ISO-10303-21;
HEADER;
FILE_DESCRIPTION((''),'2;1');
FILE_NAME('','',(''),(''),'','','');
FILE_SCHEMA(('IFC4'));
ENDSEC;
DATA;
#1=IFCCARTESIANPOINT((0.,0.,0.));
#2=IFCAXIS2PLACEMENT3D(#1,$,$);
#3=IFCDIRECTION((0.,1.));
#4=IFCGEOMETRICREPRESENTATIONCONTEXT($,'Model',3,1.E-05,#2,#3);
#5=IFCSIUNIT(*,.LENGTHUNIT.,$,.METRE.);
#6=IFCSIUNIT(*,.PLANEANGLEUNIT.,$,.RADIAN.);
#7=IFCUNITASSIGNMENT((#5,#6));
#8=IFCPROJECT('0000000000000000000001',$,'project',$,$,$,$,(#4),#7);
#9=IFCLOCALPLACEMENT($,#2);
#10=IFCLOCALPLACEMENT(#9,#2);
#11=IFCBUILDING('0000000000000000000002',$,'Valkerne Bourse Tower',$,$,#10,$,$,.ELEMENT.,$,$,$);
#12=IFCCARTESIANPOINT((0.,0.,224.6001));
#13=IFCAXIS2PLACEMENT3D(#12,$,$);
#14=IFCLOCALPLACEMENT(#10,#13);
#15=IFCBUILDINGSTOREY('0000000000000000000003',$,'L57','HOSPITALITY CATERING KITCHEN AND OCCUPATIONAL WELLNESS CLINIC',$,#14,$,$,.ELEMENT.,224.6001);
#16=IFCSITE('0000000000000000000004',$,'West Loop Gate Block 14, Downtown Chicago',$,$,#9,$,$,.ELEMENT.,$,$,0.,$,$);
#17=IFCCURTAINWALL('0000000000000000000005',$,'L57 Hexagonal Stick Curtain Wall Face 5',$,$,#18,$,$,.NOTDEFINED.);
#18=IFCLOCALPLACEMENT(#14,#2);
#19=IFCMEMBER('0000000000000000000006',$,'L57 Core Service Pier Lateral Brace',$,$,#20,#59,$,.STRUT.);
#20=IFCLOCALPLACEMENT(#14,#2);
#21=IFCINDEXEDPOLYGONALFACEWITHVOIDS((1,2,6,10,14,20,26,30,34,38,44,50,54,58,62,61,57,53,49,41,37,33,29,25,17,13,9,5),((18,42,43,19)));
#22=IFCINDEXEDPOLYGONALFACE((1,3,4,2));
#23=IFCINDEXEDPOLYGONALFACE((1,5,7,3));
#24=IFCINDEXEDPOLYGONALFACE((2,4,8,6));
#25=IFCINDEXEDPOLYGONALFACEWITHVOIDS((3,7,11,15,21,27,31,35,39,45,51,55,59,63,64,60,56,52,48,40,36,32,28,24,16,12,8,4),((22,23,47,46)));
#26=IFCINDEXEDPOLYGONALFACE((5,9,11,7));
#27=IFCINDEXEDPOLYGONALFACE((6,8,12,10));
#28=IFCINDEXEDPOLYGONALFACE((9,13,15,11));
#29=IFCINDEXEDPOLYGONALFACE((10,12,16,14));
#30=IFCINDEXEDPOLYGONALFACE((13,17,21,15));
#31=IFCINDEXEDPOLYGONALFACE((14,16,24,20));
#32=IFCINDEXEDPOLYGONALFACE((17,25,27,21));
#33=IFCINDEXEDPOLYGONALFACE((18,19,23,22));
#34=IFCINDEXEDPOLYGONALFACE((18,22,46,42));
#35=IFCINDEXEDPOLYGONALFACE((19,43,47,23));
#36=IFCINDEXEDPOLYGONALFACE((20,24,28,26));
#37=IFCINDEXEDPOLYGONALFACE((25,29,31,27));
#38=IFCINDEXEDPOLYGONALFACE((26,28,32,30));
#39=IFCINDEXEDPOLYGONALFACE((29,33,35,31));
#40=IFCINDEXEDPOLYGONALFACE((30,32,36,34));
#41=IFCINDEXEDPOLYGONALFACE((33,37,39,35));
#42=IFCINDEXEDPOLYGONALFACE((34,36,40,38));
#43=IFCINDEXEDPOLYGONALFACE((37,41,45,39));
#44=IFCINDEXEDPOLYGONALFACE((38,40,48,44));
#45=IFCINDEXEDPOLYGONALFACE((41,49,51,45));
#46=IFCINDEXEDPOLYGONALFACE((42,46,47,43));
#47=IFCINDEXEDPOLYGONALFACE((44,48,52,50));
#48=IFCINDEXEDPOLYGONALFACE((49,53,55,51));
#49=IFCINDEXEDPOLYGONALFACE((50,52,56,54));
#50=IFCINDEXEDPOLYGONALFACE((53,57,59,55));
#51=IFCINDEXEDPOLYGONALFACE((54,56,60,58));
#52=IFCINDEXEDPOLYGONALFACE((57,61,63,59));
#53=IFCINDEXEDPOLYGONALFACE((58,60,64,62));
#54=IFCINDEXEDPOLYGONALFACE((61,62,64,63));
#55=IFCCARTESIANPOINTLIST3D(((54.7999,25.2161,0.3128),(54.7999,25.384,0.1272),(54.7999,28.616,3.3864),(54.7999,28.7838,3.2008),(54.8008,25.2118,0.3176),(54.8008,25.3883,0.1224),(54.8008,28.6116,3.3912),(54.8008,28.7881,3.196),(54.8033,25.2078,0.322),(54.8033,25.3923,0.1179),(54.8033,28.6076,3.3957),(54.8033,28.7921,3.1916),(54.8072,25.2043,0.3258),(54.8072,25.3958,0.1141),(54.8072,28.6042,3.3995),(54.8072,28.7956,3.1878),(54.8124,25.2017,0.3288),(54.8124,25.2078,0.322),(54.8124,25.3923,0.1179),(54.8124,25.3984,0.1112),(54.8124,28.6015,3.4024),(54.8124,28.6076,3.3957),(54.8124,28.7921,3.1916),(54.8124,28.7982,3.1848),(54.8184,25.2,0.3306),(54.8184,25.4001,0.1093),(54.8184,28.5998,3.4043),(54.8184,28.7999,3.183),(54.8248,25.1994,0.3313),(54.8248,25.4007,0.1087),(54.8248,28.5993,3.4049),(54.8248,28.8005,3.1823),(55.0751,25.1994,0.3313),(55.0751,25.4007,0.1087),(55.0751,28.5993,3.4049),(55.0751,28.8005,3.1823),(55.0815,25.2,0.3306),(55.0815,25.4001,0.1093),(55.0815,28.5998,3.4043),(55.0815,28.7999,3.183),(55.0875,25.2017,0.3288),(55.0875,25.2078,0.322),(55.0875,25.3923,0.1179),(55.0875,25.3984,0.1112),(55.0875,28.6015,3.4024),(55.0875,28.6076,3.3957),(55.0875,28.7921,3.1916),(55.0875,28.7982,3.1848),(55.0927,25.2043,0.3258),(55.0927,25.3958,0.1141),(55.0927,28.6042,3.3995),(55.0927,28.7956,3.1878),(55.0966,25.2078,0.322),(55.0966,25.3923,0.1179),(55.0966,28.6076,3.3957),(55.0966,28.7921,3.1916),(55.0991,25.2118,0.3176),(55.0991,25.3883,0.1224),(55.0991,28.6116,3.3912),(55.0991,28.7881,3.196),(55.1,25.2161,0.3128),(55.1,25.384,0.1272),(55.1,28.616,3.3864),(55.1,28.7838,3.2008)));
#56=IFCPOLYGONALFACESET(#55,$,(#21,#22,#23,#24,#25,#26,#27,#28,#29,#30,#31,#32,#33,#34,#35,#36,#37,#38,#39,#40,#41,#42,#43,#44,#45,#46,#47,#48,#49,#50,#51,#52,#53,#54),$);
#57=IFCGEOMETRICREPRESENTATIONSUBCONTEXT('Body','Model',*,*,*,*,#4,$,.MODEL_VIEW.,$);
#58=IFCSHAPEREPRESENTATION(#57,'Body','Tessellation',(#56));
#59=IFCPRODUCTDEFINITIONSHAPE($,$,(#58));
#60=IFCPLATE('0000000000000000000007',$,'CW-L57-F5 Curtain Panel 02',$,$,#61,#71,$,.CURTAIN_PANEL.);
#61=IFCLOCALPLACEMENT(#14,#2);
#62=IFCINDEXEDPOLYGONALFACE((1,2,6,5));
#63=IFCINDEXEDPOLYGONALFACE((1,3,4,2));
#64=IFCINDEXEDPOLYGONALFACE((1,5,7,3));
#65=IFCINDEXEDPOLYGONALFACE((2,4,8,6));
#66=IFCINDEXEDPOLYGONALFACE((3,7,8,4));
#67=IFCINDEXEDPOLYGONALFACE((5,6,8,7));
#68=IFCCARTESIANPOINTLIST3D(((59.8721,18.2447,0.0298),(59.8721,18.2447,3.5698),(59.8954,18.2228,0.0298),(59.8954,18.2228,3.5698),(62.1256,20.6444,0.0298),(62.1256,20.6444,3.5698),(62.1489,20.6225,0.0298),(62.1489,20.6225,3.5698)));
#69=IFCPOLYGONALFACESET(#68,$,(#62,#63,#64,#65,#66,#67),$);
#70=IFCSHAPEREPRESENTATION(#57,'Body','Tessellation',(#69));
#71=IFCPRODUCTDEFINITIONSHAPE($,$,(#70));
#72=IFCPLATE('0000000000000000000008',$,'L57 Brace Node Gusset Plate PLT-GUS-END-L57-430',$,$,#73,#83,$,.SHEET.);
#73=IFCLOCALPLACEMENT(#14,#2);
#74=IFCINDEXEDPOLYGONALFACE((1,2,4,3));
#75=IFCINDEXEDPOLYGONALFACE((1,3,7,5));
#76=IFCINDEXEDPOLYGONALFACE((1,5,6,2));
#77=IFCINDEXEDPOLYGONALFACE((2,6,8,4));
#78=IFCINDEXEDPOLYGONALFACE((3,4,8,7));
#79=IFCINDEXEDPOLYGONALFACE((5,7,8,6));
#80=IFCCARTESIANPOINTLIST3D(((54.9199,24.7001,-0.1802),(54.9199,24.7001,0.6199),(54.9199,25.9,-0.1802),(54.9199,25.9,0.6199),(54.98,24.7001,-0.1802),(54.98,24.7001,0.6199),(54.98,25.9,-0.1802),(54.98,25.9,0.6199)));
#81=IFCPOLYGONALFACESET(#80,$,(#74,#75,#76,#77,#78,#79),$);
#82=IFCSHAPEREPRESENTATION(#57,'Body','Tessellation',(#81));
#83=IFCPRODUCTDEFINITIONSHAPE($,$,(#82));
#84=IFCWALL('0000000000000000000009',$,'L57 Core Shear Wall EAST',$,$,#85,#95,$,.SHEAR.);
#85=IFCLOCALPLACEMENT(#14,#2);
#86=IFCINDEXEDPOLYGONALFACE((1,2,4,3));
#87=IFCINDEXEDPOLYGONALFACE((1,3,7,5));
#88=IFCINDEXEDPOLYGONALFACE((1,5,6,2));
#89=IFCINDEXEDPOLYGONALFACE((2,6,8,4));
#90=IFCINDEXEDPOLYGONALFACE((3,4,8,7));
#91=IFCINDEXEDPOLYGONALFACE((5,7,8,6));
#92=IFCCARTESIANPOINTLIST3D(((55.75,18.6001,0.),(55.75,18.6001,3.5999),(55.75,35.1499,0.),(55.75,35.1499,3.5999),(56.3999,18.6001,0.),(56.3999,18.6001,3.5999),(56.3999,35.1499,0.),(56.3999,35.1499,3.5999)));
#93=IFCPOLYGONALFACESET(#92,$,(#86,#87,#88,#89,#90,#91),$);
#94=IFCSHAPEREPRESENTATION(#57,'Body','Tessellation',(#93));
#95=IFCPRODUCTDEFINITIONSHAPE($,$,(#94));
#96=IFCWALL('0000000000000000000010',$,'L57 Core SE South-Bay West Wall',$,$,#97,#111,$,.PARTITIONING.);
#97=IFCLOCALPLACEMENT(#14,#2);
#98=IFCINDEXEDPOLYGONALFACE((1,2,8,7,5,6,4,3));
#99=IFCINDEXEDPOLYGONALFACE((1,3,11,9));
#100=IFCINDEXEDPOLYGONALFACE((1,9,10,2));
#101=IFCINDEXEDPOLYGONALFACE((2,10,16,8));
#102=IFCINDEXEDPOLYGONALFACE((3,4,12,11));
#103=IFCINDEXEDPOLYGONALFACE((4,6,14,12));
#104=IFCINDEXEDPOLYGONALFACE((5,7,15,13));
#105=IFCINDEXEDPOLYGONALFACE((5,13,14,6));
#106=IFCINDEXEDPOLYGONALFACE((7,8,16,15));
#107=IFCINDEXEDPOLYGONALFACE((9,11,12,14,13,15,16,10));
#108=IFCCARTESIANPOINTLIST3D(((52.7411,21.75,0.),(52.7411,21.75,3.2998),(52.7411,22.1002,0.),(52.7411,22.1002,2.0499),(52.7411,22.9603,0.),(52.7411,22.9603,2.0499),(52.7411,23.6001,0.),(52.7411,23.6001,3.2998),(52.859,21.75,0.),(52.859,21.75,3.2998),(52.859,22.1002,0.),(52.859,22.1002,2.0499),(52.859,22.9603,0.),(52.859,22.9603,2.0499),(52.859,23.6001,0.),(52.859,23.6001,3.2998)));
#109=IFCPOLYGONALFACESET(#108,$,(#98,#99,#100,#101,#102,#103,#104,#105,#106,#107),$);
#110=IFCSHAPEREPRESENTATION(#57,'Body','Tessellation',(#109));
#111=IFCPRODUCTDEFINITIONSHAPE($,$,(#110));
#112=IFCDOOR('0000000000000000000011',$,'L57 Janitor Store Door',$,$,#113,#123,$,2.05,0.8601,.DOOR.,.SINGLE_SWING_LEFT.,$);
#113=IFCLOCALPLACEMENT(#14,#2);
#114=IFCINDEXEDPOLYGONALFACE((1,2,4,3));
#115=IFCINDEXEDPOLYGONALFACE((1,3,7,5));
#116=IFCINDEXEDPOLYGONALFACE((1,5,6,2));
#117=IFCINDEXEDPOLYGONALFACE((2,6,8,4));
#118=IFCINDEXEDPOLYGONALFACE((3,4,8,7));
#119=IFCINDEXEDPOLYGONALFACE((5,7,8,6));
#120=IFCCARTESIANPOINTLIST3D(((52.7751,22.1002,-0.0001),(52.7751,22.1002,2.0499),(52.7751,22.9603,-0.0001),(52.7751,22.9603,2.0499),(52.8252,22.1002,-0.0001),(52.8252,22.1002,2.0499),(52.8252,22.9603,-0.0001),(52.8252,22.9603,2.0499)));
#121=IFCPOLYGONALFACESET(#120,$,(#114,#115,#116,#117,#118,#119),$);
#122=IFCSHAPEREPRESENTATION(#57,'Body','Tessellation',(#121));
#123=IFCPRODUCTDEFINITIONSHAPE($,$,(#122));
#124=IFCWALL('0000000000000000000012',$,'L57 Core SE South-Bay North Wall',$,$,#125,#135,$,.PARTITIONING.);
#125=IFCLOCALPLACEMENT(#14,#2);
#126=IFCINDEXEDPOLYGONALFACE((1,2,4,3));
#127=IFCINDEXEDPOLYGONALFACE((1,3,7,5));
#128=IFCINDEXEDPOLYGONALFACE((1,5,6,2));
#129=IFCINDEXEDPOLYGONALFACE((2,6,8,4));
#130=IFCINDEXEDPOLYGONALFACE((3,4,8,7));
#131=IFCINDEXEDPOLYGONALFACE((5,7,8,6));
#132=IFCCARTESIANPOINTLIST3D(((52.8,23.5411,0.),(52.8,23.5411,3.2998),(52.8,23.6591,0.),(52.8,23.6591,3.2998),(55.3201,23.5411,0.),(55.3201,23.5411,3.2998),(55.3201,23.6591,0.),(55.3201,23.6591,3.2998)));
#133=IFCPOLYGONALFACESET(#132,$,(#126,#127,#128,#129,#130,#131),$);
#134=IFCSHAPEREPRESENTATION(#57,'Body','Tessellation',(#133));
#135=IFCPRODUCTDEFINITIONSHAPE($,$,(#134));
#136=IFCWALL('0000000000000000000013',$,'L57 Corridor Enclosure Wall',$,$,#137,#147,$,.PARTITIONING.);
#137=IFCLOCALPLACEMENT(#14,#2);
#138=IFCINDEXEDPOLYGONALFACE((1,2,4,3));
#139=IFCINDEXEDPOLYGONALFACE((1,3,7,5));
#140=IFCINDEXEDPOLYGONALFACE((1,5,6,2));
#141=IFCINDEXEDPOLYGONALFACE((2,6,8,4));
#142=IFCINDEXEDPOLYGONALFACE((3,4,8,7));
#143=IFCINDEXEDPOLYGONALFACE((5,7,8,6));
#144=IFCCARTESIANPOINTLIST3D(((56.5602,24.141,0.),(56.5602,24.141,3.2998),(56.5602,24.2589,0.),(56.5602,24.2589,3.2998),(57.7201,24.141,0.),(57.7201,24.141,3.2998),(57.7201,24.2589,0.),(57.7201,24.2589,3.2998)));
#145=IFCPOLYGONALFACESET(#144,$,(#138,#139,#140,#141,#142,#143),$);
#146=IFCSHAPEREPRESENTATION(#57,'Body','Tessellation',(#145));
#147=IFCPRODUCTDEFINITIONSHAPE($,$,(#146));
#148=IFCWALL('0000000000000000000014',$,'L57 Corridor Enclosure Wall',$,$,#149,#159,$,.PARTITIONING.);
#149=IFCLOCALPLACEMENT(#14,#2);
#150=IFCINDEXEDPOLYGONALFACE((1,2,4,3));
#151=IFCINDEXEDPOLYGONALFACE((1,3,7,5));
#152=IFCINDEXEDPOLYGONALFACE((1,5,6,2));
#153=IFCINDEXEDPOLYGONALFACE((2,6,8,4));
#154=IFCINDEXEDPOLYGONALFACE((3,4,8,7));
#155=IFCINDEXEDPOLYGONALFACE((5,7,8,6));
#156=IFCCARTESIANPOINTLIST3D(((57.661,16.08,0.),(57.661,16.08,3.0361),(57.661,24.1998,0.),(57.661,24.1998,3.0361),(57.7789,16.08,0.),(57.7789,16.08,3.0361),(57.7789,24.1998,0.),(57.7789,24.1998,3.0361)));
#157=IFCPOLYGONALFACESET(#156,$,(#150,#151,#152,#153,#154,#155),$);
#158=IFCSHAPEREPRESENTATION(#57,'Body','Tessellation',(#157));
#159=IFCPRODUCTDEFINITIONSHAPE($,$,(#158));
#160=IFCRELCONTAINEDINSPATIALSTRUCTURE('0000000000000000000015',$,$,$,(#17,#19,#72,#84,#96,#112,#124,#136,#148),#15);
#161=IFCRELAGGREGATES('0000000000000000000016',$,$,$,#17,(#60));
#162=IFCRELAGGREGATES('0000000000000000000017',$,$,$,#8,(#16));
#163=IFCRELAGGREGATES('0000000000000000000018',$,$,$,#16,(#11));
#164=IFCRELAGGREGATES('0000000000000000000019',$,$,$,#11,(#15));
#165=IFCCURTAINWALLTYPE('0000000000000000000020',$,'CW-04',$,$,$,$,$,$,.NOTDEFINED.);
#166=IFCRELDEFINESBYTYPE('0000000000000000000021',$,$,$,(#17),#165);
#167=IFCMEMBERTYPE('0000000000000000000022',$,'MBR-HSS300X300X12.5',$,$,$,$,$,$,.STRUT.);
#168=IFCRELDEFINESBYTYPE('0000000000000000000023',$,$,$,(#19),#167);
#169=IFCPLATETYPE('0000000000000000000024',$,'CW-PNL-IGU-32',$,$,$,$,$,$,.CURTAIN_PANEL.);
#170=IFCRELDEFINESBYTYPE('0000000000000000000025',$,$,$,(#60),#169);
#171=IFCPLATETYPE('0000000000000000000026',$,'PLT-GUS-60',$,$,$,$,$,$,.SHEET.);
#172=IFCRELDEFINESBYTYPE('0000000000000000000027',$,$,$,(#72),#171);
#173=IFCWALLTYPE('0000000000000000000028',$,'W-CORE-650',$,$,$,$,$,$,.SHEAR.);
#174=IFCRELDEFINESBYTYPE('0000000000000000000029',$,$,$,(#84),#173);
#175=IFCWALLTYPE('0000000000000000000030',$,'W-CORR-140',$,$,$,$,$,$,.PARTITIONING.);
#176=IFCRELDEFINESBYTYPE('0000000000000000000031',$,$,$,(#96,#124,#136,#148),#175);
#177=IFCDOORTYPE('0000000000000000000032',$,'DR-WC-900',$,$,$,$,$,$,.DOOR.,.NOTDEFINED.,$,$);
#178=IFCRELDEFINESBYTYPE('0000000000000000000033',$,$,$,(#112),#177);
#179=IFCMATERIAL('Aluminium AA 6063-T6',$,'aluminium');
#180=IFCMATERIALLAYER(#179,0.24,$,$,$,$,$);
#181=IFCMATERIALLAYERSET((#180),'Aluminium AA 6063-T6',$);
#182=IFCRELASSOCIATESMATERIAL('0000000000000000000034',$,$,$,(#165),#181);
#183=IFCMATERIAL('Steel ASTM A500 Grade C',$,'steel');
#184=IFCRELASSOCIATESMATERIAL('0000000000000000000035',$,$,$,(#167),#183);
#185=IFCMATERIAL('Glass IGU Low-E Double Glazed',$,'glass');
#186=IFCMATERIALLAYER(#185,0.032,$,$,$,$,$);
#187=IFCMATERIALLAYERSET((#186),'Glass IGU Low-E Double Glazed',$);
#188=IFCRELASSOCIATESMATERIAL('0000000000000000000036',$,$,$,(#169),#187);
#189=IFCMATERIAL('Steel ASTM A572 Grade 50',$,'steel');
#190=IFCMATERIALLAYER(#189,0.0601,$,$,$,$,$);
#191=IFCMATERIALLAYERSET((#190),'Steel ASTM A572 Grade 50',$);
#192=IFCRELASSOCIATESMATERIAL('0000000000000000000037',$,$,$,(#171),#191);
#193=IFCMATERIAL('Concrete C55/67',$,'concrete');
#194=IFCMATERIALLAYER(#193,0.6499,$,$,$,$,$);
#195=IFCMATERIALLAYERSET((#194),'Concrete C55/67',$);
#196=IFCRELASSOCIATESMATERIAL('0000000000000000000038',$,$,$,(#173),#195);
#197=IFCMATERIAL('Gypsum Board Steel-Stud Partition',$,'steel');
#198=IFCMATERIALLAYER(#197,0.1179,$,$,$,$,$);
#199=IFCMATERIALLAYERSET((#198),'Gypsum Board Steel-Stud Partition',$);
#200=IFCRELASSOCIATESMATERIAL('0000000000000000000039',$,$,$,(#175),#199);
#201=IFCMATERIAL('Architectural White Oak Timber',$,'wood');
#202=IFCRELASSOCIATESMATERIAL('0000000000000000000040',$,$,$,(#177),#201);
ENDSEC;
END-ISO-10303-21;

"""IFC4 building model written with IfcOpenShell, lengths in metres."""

from ifc_helpers import new_model, si_unit, direction, frame, frame_2d, origin, origin_2d, place, context, subcontext, project, spatial, rectangle, hollow_rectangle, extrude, material, layer, layer_set, material_profile, profile_set, type_object, element, fill, aggregate, save


model = new_model("IFC4")

# Units and contexts
model_context = context("Model", 3, precision=1e-05, world=origin(), true_north=direction((0.0, 1.0)))
body_context = subcontext(model_context, "Body", "Model", "MODEL_VIEW")
ifc_project = project(units=[si_unit("LENGTHUNIT", "METRE"), si_unit("PLANEANGLEUNIT", "RADIAN")], contexts=[model_context])

# Site, building, storey
site_placement = place(None, origin())
site = spatial("IfcSite", under=ifc_project, at=site_placement, Name="West Loop Gate Block 14, Downtown Chicago", CompositionType="ELEMENT", RefElevation=0.0)
building_placement = place(site_placement, origin())
building = spatial("IfcBuilding", under=site, at=building_placement, Name="Valkerne Bourse Tower", CompositionType="ELEMENT")
storey_placement = place(building_placement, frame((0.0, 0.0, 224.6001)))
storey = spatial("IfcBuildingStorey", under=building, at=storey_placement, Name="L57", Description="HOSPITALITY CATERING KITCHEN AND OCCUPATIONAL WELLNESS CLINIC", CompositionType="ELEMENT", Elevation=224.6001)

# Curtain wall
ifc_material_1 = material(Name="Aluminium AA 6063-T6", Category="aluminium")
ifc_layer_1 = layer(ifc_material_1, 0.24)
ifc_layer_set_1 = layer_set([ifc_layer_1], Name="Aluminium AA 6063-T6")
curtain_wall_type = type_object("IfcCurtainWallType", Name="CW-04", PredefinedType="NOTDEFINED", material=ifc_layer_set_1)
curtain_wall_1_placement = place(storey_placement, origin())
curtain_wall_1 = element("IfcCurtainWall", 1, at=curtain_wall_1_placement, inside=storey, type_object=curtain_wall_type, Name="L57 Hexagonal Stick Curtain Wall Face 5", PredefinedType="NOTDEFINED")

# Member
ifc_material_2 = material(Name="Steel ASTM A500 Grade C", Category="steel")
ifc_material_profile_1 = material_profile(ifc_material_2, hollow_rectangle(XDim=0.3, YDim=0.3, WallThickness=0.0125, OuterFilletRadius=0.0249, at=origin_2d()), Name="HSS300X300X12.5")
ifc_profile_set_1 = profile_set([ifc_material_profile_1], Name="Steel ASTM A500 Grade C")
member_type_1 = type_object("IfcMemberType", Name="MBR-HSS300X300X12.5", PredefinedType="STRUT", material=ifc_profile_set_1)
member_1_placement = place(storey_placement, frame((54.95, 25.3, 0.22), z_axis=(0.0, 0.741793, 0.670629), x_axis=(-1.0, 0.0, 0.0)))
element("IfcMember", 2, at=member_1_placement, inside=storey, type_object=member_type_1, Name="L57 Core Service Pier Lateral Brace", PredefinedType="STRUT", context=body_context, shape_type="SweptSolid", body=[
    extrude(hollow_rectangle(XDim=0.3, YDim=0.3, WallThickness=0.0125, OuterFilletRadius=0.0249, at=origin_2d()), origin(), (0.0, 0.0, 1.0), 4.5833),
])

# Plates
ifc_material_3 = material(Name="Glass IGU Low-E Double Glazed", Category="glass")
ifc_layer_2 = layer(ifc_material_3, 0.032)
ifc_layer_set_2 = layer_set([ifc_layer_2], Name="Glass IGU Low-E Double Glazed")
plate_type_1 = type_object("IfcPlateType", Name="CW-PNL-IGU-32", PredefinedType="CURTAIN_PANEL", material=ifc_layer_set_2)
plate_1_placement = place(storey_placement, frame((61.0105, 19.4336, 0.0298), z_axis=(0.0, 0.0, 1.0), x_axis=(0.684547, 0.728968, 0.0)))
plate_1 = element("IfcPlate", 3, at=plate_1_placement, type_object=plate_type_1, Name="CW-L57-F5 Curtain Panel 02", PredefinedType="CURTAIN_PANEL", context=body_context, shape_type="SweptSolid", body=[
    extrude(rectangle(XDim=3.292, YDim=0.032, at=origin_2d()), origin(), (0.0, 0.0, 1.0), 3.54),
])
aggregate(curtain_wall_1, [plate_1])
ifc_material_4 = material(Name="Steel ASTM A572 Grade 50", Category="steel")
ifc_layer_3 = layer(ifc_material_4, 0.0601)
ifc_layer_set_3 = layer_set([ifc_layer_3], Name="Steel ASTM A572 Grade 50")
plate_type_2 = type_object("IfcPlateType", Name="PLT-GUS-60", PredefinedType="SHEET", material=ifc_layer_set_3)
plate_2_placement = place(storey_placement, frame((54.95, 25.3, -0.1802), z_axis=(0.0, 0.0, 1.0), x_axis=(0.0, 1.0, 0.0)))
element("IfcPlate", 4, at=plate_2_placement, inside=storey, type_object=plate_type_2, Name="L57 Brace Node Gusset Plate PLT-GUS-END-L57-430", PredefinedType="SHEET", context=body_context, shape_type="SweptSolid", body=[
    extrude(rectangle(XDim=1.2, YDim=0.0601, at=origin_2d()), origin(), (0.0, 0.0, 1.0), 0.8),
])

# Wall
ifc_material_5 = material(Name="Concrete C55/67", Category="concrete")
ifc_layer_4 = layer(ifc_material_5, 0.6499)
ifc_layer_set_4 = layer_set([ifc_layer_4], Name="Concrete C55/67")
wall_type_1 = type_object("IfcWallType", Name="W-CORE-650", PredefinedType="SHEAR", material=ifc_layer_set_4)
wall_1_placement = place(storey_placement, frame((56.075, 18.6001, 0.0), z_axis=(0.0, 0.0, 1.0), x_axis=(0.0, 1.0, 0.0)))
element("IfcWall", 5, at=wall_1_placement, inside=storey, type_object=wall_type_1, Name="L57 Core Shear Wall EAST", PredefinedType="SHEAR", context=body_context, shape_type="SweptSolid", body=[
    extrude(rectangle(XDim=16.5498, YDim=0.6499, at=frame_2d((8.2749, 0.0))), origin(), (0.0, 0.0, 1.0), 3.5999),
])

# Wall, opening, door
ifc_material_6 = material(Name="Gypsum Board Steel-Stud Partition", Category="steel")
ifc_layer_5 = layer(ifc_material_6, 0.1179)
ifc_layer_set_5 = layer_set([ifc_layer_5], Name="Gypsum Board Steel-Stud Partition")
wall_type_2 = type_object("IfcWallType", Name="W-CORR-140", PredefinedType="PARTITIONING", material=ifc_layer_set_5)
wall_2_placement = place(storey_placement, frame((52.8, 21.75, 0.0), z_axis=(0.0, 0.0, 1.0), x_axis=(0.0, 1.0, 0.0)))
wall_2 = element("IfcWall", 6, at=wall_2_placement, inside=storey, type_object=wall_type_2, Name="L57 Core SE South-Bay West Wall", PredefinedType="PARTITIONING", context=body_context, shape_type="SweptSolid", body=[
    extrude(rectangle(XDim=1.8501, YDim=0.1179, at=frame_2d((0.925, 0.0))), origin(), (0.0, 0.0, 1.0), 3.2998),
])
opening_1_placement = place(wall_2_placement, frame((0.3501, 0.0, 0.0)))
opening_1 = element("IfcOpeningElement", 7, at=opening_1_placement, cuts=wall_2, PredefinedType="OPENING", context=body_context, shape_type="SweptSolid", body=[
    extrude(rectangle(XDim=0.8601, YDim=2.05, at=frame_2d((0.4302, 1.0249))), frame((0.0, 0.0688, 0.0), z_axis=(0.0, -1.0, 0.0), x_axis=(1.0, 0.0, 0.0)), (0.0, 0.0, 1.0), 0.1379),
])
ifc_material_7 = material(Name="Architectural White Oak Timber", Category="wood")
door_type_1 = type_object("IfcDoorType", Name="DR-WC-900", OperationType="NOTDEFINED", PredefinedType="DOOR", material=ifc_material_7)
door_1_placement = place(opening_1_placement, origin())
door_1 = element("IfcDoor", 8, at=door_1_placement, inside=storey, type_object=door_type_1, Name="L57 Janitor Store Door", OperationType="SINGLE_SWING_LEFT", OverallHeight=2.05, OverallWidth=0.8601, PredefinedType="DOOR", context=body_context, shape_type="SweptSolid", body=[
    extrude(rectangle(XDim=0.8601, YDim=2.05, at=frame_2d((0.4302, 1.0249))), frame((0.0, 0.0249, 0.0), z_axis=(0.0, -1.0, 0.0), x_axis=(1.0, 0.0, 0.0)), (0.0, 0.0, 1.0), 0.05),
])
fill(opening_1, door_1)

# Walls
wall_3_placement = place(storey_placement, frame((52.8, 23.6001, 0.0), z_axis=(0.0, 0.0, 1.0), x_axis=(1.0, 0.0, 0.0)))
element("IfcWall", 9, at=wall_3_placement, inside=storey, type_object=wall_type_2, Name="L57 Core SE South-Bay North Wall", PredefinedType="PARTITIONING", context=body_context, shape_type="SweptSolid", body=[
    extrude(rectangle(XDim=2.52, YDim=0.1179, at=frame_2d((1.26, 0.0))), origin(), (0.0, 0.0, 1.0), 3.2998),
])
wall_4_placement = place(storey_placement, frame((56.5601, 24.2, 0.0), z_axis=(0.0, 0.0, 1.0), x_axis=(1.0, 0.0, 0.0)))
element("IfcWall", 10, at=wall_4_placement, inside=storey, type_object=wall_type_2, Name="L57 Corridor Enclosure Wall", PredefinedType="PARTITIONING", context=body_context, shape_type="SweptSolid", body=[
    extrude(rectangle(XDim=1.1599, YDim=0.1179, at=frame_2d((0.5801, 0.0))), origin(), (0.0, 0.0, 1.0), 3.2998),
])
wall_5_placement = place(storey_placement, frame((57.72, 24.2, 0.0), z_axis=(0.0, 0.0, 1.0), x_axis=(0.0, -1.0, 0.0)))
element("IfcWall", 11, at=wall_5_placement, inside=storey, type_object=wall_type_2, Name="L57 Corridor Enclosure Wall", PredefinedType="PARTITIONING", context=body_context, shape_type="SweptSolid", body=[
    extrude(rectangle(XDim=8.1199, YDim=0.1179, at=frame_2d((4.0601, 0.0))), origin(), (0.0, 0.0, 1.0), 3.0361),
])

save(model, "model.ifc")
